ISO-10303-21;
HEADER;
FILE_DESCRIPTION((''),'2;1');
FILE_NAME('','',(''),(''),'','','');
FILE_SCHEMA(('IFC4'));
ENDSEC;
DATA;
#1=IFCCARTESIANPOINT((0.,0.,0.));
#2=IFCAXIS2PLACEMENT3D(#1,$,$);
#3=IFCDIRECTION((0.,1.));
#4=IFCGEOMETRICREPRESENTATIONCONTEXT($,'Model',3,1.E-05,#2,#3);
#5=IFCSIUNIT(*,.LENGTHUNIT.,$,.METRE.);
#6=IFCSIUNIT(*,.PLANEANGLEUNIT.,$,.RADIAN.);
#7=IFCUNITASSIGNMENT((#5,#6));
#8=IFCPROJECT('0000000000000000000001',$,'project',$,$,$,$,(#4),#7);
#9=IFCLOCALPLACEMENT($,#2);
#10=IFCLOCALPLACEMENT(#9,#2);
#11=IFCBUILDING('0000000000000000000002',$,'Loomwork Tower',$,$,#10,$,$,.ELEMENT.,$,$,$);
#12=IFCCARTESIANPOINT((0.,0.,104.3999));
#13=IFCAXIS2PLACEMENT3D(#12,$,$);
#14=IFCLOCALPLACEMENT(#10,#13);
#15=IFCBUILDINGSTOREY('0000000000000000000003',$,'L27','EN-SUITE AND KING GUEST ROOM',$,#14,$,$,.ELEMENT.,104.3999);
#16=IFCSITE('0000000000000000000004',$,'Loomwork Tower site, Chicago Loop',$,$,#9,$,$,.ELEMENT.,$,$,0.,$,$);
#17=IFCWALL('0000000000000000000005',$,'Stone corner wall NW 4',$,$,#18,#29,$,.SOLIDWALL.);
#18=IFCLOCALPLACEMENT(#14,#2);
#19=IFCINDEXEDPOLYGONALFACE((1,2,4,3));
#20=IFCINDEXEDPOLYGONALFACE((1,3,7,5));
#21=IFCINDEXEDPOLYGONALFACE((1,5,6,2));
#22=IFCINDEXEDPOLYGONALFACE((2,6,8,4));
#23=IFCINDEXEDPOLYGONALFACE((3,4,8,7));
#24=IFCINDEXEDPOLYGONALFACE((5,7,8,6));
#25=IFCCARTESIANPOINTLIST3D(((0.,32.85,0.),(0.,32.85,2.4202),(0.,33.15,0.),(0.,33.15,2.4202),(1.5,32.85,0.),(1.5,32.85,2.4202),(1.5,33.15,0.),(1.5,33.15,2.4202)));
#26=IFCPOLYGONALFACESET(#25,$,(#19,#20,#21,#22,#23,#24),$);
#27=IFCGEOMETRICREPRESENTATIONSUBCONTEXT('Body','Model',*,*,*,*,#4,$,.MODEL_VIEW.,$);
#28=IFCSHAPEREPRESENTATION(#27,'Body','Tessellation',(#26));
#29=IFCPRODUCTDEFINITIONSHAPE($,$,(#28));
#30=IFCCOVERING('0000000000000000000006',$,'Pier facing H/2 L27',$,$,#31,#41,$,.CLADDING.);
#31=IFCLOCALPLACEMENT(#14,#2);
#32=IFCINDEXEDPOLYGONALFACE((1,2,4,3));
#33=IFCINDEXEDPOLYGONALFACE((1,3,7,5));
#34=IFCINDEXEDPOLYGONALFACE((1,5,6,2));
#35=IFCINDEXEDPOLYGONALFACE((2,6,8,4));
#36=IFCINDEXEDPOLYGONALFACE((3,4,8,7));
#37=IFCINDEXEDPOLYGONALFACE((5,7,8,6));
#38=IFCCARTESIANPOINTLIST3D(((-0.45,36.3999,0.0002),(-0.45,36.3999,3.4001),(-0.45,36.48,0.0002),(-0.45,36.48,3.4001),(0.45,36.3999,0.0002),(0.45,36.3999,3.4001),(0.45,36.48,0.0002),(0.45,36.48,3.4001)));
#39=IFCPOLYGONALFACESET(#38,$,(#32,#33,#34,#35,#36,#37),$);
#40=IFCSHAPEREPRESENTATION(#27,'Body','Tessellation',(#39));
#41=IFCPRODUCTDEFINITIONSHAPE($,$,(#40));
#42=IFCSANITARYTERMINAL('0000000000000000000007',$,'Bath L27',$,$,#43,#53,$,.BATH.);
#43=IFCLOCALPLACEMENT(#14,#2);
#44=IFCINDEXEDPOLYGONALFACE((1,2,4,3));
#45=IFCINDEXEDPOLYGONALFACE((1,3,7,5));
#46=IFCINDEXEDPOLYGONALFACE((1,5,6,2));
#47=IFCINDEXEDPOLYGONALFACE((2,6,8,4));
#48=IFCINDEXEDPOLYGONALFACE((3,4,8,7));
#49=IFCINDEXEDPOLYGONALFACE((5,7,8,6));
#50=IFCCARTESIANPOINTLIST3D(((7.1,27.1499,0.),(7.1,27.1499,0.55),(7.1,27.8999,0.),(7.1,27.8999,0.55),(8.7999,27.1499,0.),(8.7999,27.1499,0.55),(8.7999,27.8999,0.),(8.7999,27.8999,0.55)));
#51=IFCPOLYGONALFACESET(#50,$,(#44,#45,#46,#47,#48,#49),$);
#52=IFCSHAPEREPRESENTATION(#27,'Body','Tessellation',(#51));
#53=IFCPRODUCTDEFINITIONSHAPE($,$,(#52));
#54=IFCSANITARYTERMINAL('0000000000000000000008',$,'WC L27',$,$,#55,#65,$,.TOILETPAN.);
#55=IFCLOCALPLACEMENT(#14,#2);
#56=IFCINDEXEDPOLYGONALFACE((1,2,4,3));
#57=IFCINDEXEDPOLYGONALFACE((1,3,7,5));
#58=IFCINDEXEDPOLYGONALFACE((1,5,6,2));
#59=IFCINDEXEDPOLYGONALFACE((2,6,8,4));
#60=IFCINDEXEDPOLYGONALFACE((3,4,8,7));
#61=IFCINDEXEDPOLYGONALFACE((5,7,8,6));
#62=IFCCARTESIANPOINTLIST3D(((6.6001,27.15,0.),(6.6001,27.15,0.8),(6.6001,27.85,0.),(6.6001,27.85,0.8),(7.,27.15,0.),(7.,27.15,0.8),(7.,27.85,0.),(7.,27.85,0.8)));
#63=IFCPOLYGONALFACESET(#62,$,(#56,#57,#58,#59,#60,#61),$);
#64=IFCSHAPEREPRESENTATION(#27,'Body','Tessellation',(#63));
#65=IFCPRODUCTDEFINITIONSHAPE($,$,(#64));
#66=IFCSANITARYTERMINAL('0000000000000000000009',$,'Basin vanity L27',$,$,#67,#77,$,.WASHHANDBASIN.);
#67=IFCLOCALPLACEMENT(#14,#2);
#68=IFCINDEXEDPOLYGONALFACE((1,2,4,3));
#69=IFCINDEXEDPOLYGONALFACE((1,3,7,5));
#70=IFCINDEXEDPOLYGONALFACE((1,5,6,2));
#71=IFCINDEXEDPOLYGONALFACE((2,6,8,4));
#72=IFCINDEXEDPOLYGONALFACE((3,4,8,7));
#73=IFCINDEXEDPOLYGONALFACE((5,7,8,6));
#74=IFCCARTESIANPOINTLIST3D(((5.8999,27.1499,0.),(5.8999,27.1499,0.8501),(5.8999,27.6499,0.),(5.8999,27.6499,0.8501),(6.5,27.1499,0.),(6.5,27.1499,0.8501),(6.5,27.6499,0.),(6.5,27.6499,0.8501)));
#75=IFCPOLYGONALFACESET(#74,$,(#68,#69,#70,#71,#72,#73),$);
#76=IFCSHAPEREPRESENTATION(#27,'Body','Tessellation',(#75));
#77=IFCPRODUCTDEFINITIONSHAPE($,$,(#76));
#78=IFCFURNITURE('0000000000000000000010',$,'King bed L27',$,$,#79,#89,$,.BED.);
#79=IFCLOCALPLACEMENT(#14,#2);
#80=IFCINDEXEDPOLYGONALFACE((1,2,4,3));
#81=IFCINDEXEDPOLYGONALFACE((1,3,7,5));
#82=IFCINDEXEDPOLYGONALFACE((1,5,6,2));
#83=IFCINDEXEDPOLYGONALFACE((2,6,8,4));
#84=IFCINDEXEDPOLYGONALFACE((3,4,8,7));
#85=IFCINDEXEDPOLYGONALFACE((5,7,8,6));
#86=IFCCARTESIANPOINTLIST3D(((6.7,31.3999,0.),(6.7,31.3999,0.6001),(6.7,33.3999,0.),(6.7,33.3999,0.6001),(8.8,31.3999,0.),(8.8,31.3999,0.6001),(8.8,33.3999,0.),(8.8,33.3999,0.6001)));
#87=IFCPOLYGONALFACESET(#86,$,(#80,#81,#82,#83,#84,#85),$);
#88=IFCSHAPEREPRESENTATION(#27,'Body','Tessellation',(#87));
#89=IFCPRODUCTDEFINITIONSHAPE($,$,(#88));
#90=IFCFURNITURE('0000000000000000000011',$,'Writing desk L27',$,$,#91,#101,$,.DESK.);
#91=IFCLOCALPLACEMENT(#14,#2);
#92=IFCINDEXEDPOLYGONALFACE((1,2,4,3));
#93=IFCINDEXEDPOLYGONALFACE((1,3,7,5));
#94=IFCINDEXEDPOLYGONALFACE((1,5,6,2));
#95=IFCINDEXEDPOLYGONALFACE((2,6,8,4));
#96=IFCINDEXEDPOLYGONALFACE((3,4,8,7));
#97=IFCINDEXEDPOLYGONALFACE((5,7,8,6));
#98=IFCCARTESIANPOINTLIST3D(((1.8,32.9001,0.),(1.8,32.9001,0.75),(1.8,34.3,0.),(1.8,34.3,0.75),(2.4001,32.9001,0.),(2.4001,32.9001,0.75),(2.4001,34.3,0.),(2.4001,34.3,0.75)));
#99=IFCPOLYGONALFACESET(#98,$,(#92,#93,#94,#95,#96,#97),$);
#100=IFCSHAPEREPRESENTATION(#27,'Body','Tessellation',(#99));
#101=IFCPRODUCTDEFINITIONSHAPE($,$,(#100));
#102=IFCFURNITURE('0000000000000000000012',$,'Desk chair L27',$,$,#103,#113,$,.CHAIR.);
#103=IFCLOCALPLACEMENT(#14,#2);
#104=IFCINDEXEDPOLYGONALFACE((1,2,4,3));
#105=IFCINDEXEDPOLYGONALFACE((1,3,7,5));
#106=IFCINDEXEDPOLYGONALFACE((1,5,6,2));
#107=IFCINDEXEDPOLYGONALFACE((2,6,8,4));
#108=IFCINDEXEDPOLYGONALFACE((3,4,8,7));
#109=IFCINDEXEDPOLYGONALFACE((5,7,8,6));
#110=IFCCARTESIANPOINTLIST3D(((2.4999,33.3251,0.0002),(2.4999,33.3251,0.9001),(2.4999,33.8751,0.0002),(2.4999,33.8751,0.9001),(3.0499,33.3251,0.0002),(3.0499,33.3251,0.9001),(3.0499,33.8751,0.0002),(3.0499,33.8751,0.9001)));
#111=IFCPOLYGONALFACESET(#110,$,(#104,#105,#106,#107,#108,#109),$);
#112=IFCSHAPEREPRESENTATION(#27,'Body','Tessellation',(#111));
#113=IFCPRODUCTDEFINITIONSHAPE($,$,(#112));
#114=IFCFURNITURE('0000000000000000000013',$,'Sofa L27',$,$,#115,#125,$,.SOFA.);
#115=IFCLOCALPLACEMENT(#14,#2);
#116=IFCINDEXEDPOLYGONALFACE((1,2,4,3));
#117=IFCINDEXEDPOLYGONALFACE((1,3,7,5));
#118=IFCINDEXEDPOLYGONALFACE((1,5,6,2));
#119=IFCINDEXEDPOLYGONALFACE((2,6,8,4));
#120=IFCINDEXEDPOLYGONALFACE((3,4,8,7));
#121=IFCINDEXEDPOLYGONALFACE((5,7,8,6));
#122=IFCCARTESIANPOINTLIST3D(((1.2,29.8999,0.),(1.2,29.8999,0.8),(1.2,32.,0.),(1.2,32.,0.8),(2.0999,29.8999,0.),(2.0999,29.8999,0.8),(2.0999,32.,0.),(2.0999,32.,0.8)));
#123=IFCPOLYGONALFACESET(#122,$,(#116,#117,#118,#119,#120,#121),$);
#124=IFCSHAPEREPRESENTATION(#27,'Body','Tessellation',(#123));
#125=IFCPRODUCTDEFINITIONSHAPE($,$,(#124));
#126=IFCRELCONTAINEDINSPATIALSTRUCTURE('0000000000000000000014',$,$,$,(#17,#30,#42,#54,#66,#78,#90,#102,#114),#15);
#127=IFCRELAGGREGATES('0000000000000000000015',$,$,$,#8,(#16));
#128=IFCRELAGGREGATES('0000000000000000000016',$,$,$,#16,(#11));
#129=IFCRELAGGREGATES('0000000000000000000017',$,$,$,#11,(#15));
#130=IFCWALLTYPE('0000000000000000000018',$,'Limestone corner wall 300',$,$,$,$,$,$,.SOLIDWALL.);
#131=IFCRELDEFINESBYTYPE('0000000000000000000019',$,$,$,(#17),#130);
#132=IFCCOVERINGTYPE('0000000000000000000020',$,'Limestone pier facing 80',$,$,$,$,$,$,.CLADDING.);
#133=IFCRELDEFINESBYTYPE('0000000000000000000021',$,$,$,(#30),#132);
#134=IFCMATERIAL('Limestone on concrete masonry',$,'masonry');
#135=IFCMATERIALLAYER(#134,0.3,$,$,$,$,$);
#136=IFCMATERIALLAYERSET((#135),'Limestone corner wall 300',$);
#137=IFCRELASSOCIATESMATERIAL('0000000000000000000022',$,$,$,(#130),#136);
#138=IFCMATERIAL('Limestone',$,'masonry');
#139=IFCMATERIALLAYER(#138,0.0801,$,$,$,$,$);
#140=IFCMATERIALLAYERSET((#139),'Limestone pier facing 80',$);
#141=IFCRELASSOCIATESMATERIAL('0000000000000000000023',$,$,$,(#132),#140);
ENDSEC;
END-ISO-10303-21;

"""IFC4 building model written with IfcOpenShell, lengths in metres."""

from ifc_helpers import new_model, si_unit, direction, frame, frame_2d, origin, origin_2d, place, context, subcontext, project, spatial, rectangle, extrude, material, layer, layer_set, type_object, element, save


model = new_model("IFC4")

# Units and contexts
model_context = context("Model", 3, precision=1e-05, world=origin(), true_north=direction((0.0, 1.0)))
body_context = subcontext(model_context, "Body", "Model", "MODEL_VIEW")
ifc_project = project(units=[si_unit("LENGTHUNIT", "METRE"), si_unit("PLANEANGLEUNIT", "RADIAN")], contexts=[model_context])

# Site, building, storey
site_placement = place(None, origin())
site = spatial("IfcSite", under=ifc_project, at=site_placement, Name="Loomwork Tower site, Chicago Loop", CompositionType="ELEMENT", RefElevation=0.0)
building_placement = place(site_placement, origin())
building = spatial("IfcBuilding", under=site, at=building_placement, Name="Loomwork Tower", CompositionType="ELEMENT")
storey_placement = place(building_placement, frame((0.0, 0.0, 104.3999)))
storey = spatial("IfcBuildingStorey", under=building, at=storey_placement, Name="L27", Description="EN-SUITE AND KING GUEST ROOM", CompositionType="ELEMENT", Elevation=104.3999)

# Shared definitions
ifc_material_1 = material(Name="Limestone on concrete masonry", Category="masonry")
ifc_layer_1 = layer(ifc_material_1, 0.3)
ifc_layer_set_1 = layer_set([ifc_layer_1], Name="Limestone corner wall 300")
wall_type_1 = type_object("IfcWallType", Name="Limestone corner wall 300", PredefinedType="SOLIDWALL", material=ifc_layer_set_1)

# Wall
wall_1_placement = place(storey_placement, frame((1.5, 33.0, 0.0), z_axis=(0.0, 0.0, 1.0), x_axis=(-1.0, 0.0, 0.0)))
element("IfcWall", 1, at=wall_1_placement, inside=storey, type_object=wall_type_1, Name="Stone corner wall NW 4", PredefinedType="SOLIDWALL", context=body_context, shape_type="SweptSolid", body=[
    extrude(rectangle(XDim=1.5, YDim=0.3, at=frame_2d((0.75, 0.0))), origin(), (0.0, 0.0, 1.0), 2.4202),
])

# Covering
ifc_material_2 = material(Name="Limestone", Category="masonry")
ifc_layer_2 = layer(ifc_material_2, 0.0801)
ifc_layer_set_2 = layer_set([ifc_layer_2], Name="Limestone pier facing 80")
covering_type = type_object("IfcCoveringType", Name="Limestone pier facing 80", PredefinedType="CLADDING", material=ifc_layer_set_2)
covering_placement = place(storey_placement, frame((0.0, 36.4399, 0.0002), z_axis=(0.0, 0.0, 1.0), x_axis=(1.0, 0.0, 0.0)))
element("IfcCovering", 2, at=covering_placement, inside=storey, type_object=covering_type, Name="Pier facing H/2 L27", PredefinedType="CLADDING", context=body_context, shape_type="SweptSolid", body=[
    extrude(rectangle(XDim=0.8999, YDim=0.0801, at=origin_2d()), origin(), (0.0, 0.0, 1.0), 3.3999),
])

# Sanitary terminals
sanitary_terminal_1_placement = place(storey_placement, frame((7.95, 27.5249, 0.0), z_axis=(0.0, 0.0, 1.0), x_axis=(1.0, 0.0, 0.0)))
element("IfcSanitaryTerminal", 3, at=sanitary_terminal_1_placement, inside=storey, Name="Bath L27", PredefinedType="BATH", context=body_context, shape_type="SweptSolid", body=[
    extrude(rectangle(XDim=1.7, YDim=0.75, at=origin_2d()), origin(), (0.0, 0.0, 1.0), 0.55),
])
sanitary_terminal_2_placement = place(storey_placement, frame((6.8, 27.5, 0.0), z_axis=(0.0, 0.0, 1.0), x_axis=(1.0, 0.0, 0.0)))
element("IfcSanitaryTerminal", 4, at=sanitary_terminal_2_placement, inside=storey, Name="WC L27", PredefinedType="TOILETPAN", context=body_context, shape_type="SweptSolid", body=[
    extrude(rectangle(XDim=0.3999, YDim=0.7, at=origin_2d()), origin(), (0.0, 0.0, 1.0), 0.8),
])
sanitary_terminal_3_placement = place(storey_placement, frame((6.2, 27.3999, 0.0), z_axis=(0.0, 0.0, 1.0), x_axis=(1.0, 0.0, 0.0)))
element("IfcSanitaryTerminal", 5, at=sanitary_terminal_3_placement, inside=storey, Name="Basin vanity L27", PredefinedType="WASHHANDBASIN", context=body_context, shape_type="SweptSolid", body=[
    extrude(rectangle(XDim=0.6001, YDim=0.5, at=origin_2d()), origin(), (0.0, 0.0, 1.0), 0.8501),
])

# Furniture
furniture_1_placement = place(storey_placement, frame((7.75, 32.3999, 0.0), z_axis=(0.0, 0.0, 1.0), x_axis=(1.0, 0.0, 0.0)))
element("IfcFurniture", 6, at=furniture_1_placement, inside=storey, Name="King bed L27", PredefinedType="BED", context=body_context, shape_type="SweptSolid", body=[
    extrude(rectangle(XDim=2.1001, YDim=2.0, at=origin_2d()), origin(), (0.0, 0.0, 1.0), 0.6001),
])
furniture_2_placement = place(storey_placement, frame((2.1001, 33.6001, 0.0), z_axis=(0.0, 0.0, 1.0), x_axis=(1.0, 0.0, 0.0)))
element("IfcFurniture", 7, at=furniture_2_placement, inside=storey, Name="Writing desk L27", PredefinedType="DESK", context=body_context, shape_type="SweptSolid", body=[
    extrude(rectangle(XDim=0.6001, YDim=1.3999, at=origin_2d()), origin(), (0.0, 0.0, 1.0), 0.75),
])
furniture_3_placement = place(storey_placement, frame((2.7749, 33.6001, 0.0002), z_axis=(0.0, 0.0, 1.0), x_axis=(1.0, 0.0, 0.0)))
element("IfcFurniture", 8, at=furniture_3_placement, inside=storey, Name="Desk chair L27", PredefinedType="CHAIR", context=body_context, shape_type="SweptSolid", body=[
    extrude(rectangle(XDim=0.55, YDim=0.55, at=origin_2d()), origin(), (0.0, 0.0, 1.0), 0.8999),
])
furniture_4_placement = place(storey_placement, frame((1.6499, 30.95, 0.0), z_axis=(0.0, 0.0, 1.0), x_axis=(1.0, 0.0, 0.0)))
element("IfcFurniture", 9, at=furniture_4_placement, inside=storey, Name="Sofa L27", PredefinedType="SOFA", context=body_context, shape_type="SweptSolid", body=[
    extrude(rectangle(XDim=0.8999, YDim=2.1001, at=origin_2d()), origin(), (0.0, 0.0, 1.0), 0.8),
])

save(model, "model.ifc")
